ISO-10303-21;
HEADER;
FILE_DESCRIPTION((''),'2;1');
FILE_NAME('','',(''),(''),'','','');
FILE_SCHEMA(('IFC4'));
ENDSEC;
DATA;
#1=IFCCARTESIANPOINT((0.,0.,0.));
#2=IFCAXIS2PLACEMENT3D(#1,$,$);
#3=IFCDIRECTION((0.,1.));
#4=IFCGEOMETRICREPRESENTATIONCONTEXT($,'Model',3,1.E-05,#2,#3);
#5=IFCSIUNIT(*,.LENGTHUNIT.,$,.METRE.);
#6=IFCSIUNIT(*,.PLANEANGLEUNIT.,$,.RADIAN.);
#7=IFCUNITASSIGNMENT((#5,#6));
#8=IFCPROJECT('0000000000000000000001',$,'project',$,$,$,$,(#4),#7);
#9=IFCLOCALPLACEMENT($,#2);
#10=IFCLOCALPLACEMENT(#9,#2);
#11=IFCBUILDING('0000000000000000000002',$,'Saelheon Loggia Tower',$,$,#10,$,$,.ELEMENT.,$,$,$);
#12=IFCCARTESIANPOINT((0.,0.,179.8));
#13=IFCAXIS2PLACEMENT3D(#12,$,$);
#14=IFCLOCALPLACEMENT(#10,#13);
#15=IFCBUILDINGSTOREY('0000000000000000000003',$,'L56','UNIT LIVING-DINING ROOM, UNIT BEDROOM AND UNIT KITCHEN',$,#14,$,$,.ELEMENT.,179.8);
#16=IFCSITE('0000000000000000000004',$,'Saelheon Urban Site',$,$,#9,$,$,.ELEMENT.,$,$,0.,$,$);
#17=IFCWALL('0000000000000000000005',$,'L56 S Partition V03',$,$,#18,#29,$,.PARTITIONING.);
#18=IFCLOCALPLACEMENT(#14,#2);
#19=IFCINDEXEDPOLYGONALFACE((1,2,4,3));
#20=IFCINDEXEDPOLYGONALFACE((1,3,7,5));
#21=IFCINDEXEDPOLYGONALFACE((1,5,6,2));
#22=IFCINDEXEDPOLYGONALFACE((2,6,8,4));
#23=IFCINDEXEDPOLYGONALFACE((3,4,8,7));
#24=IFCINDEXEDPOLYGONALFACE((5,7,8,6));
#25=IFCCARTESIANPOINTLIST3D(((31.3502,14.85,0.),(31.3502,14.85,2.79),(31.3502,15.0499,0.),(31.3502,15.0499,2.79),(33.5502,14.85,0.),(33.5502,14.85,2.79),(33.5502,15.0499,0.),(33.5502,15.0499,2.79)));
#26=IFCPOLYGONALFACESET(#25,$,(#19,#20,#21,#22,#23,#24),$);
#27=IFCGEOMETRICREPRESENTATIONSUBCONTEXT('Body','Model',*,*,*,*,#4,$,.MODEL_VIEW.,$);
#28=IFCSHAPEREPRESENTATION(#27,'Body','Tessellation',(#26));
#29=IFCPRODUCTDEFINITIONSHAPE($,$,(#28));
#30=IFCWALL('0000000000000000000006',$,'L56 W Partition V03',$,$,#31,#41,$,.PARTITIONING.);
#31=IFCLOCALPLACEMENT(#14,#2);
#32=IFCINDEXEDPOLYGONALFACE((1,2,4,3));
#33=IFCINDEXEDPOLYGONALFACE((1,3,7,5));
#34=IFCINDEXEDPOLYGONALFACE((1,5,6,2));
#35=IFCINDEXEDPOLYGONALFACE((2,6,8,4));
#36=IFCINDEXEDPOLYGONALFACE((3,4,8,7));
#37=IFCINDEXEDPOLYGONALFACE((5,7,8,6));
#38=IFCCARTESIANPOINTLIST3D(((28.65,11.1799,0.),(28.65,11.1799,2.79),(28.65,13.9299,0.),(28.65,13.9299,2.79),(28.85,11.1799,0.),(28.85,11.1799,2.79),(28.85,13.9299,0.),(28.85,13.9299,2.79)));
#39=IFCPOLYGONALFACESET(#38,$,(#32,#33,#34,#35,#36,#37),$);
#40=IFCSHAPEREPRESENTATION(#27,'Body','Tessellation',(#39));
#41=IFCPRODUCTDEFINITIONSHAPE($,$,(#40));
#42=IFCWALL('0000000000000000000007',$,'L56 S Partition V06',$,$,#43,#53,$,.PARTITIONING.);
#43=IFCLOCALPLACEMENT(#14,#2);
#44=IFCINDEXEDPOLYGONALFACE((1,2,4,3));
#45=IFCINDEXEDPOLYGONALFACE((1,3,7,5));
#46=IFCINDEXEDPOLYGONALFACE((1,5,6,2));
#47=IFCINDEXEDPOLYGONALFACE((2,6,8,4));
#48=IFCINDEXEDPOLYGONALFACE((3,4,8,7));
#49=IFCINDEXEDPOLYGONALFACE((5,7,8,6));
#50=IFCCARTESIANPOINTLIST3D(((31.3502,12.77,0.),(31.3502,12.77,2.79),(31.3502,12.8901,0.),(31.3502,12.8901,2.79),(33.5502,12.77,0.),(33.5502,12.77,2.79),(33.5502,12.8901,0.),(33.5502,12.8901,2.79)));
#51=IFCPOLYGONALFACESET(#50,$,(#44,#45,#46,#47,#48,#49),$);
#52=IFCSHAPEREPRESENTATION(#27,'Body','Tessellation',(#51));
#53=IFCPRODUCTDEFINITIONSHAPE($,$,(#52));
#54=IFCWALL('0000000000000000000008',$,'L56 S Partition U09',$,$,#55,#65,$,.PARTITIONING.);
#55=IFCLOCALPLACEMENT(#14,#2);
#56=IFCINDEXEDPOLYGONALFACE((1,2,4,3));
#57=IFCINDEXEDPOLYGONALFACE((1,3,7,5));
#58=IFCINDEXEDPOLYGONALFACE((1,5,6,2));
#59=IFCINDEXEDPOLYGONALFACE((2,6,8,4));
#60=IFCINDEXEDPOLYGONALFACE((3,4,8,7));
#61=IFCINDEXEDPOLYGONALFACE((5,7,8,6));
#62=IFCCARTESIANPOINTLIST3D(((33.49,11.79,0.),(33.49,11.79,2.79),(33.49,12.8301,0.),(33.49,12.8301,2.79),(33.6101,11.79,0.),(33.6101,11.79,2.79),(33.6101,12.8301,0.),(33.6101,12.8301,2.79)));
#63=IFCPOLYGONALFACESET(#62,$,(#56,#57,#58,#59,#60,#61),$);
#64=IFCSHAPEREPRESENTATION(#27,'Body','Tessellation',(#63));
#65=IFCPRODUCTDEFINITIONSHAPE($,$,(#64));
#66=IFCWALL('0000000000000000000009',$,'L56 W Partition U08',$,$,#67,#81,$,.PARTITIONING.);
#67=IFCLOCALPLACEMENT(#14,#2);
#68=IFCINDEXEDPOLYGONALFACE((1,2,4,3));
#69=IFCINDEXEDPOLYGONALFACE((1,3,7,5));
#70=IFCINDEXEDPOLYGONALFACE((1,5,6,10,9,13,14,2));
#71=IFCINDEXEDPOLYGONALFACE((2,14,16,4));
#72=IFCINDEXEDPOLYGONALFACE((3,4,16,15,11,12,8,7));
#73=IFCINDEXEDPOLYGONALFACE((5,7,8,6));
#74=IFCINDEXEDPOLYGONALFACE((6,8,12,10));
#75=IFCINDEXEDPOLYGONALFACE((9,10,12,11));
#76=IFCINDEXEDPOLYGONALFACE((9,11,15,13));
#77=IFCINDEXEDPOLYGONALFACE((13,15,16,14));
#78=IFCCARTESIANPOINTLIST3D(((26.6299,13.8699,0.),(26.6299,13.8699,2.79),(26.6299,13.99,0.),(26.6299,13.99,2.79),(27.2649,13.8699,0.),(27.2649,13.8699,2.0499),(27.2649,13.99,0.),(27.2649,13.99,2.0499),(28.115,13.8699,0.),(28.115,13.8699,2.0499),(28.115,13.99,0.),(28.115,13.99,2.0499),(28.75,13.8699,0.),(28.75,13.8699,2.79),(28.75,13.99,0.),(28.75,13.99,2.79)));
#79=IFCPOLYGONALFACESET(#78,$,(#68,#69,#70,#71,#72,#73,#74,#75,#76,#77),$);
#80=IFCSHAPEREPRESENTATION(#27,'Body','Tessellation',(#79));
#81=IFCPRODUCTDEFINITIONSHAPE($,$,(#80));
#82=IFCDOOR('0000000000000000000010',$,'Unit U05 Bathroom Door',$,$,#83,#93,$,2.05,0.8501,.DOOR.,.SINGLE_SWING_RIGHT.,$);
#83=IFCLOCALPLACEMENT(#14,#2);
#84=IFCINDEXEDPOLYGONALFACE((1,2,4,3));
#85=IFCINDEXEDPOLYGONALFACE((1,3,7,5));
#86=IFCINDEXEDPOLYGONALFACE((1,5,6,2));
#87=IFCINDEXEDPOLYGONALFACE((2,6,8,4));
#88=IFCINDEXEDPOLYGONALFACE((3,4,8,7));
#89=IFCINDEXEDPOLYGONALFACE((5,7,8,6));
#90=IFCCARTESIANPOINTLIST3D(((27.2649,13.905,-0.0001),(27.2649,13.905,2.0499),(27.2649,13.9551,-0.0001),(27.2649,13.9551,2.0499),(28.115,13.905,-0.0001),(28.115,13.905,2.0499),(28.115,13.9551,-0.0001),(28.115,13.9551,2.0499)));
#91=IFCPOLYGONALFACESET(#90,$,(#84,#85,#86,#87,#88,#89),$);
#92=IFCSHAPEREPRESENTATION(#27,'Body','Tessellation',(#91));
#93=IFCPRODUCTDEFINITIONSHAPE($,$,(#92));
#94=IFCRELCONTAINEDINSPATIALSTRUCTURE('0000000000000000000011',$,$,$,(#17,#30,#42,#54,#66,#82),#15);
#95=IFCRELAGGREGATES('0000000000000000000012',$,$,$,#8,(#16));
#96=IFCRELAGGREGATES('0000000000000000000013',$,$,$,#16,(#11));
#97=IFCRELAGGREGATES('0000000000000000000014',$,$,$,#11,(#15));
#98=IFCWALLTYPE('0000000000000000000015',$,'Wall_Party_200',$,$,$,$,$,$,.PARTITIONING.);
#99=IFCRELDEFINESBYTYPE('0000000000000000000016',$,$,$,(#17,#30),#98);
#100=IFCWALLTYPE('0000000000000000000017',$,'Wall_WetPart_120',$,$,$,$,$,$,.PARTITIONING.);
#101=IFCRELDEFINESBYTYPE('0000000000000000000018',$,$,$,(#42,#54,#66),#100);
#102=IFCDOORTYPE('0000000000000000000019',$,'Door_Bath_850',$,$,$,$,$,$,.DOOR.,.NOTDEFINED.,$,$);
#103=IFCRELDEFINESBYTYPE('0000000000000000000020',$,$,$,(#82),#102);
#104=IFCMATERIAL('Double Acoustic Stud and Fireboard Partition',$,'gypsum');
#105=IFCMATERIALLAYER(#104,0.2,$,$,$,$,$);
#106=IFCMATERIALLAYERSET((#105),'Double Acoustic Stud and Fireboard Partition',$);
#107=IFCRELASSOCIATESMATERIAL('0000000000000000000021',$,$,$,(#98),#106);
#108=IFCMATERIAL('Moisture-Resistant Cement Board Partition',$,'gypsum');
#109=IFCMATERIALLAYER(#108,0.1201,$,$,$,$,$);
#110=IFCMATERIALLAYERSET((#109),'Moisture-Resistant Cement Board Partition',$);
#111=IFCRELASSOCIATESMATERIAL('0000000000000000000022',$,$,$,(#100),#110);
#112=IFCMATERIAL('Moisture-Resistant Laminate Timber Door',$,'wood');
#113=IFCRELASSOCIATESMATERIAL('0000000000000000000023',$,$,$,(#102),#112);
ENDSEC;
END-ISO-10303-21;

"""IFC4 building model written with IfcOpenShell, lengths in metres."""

from ifc_helpers import new_model, si_unit, direction, frame, frame_2d, origin, place, context, subcontext, project, spatial, rectangle, extrude, source, transform, mapped, material, layer, layer_set, type_object, element, fill, save


model = new_model("IFC4")

# Units and contexts
model_context = context("Model", 3, precision=1e-05, world=origin(), true_north=direction((0.0, 1.0)))
body_context = subcontext(model_context, "Body", "Model", "MODEL_VIEW")
ifc_project = project(units=[si_unit("LENGTHUNIT", "METRE"), si_unit("PLANEANGLEUNIT", "RADIAN")], contexts=[model_context])

# Site, building, storey
site_placement = place(None, origin())
site = spatial("IfcSite", under=ifc_project, at=site_placement, Name="Saelheon Urban Site", CompositionType="ELEMENT", RefElevation=0.0)
building_placement = place(site_placement, origin())
building = spatial("IfcBuilding", under=site, at=building_placement, Name="Saelheon Loggia Tower", CompositionType="ELEMENT")
storey_placement = place(building_placement, frame((0.0, 0.0, 179.8)))
storey = spatial("IfcBuildingStorey", under=building, at=storey_placement, Name="L56", Description="UNIT LIVING-DINING ROOM, UNIT BEDROOM AND UNIT KITCHEN", CompositionType="ELEMENT", Elevation=179.8)

# Walls
ifc_material_1 = material(Name="Double Acoustic Stud and Fireboard Partition", Category="gypsum")
ifc_layer_1 = layer(ifc_material_1, 0.2)
ifc_layer_set_1 = layer_set([ifc_layer_1], Name="Double Acoustic Stud and Fireboard Partition")
wall_type_1 = type_object("IfcWallType", Name="Wall_Party_200", PredefinedType="PARTITIONING", material=ifc_layer_set_1)
wall_1_placement = place(storey_placement, frame((31.3501, 14.95, 0.0), z_axis=(0.0, 0.0, 1.0), x_axis=(1.0, 0.0, 0.0)))
element("IfcWall", 1, at=wall_1_placement, inside=storey, type_object=wall_type_1, Name="L56 S Partition V03", PredefinedType="PARTITIONING", context=body_context, shape_type="SweptSolid", body=[
    extrude(rectangle(XDim=2.2, YDim=0.2, at=frame_2d((1.1001, 0.0))), origin(), (0.0, 0.0, 1.0), 2.79),
])
wall_2_placement = place(storey_placement, frame((28.75, 11.1799, 0.0), z_axis=(0.0, 0.0, 1.0), x_axis=(0.0, 1.0, 0.0)))
element("IfcWall", 2, at=wall_2_placement, inside=storey, type_object=wall_type_1, Name="L56 W Partition V03", PredefinedType="PARTITIONING", context=body_context, shape_type="SweptSolid", body=[
    extrude(rectangle(XDim=2.75, YDim=0.2, at=frame_2d((1.375, 0.0))), origin(), (0.0, 0.0, 1.0), 2.79),
])

# Walls
ifc_material_2 = material(Name="Moisture-Resistant Cement Board Partition", Category="gypsum")
ifc_layer_2 = layer(ifc_material_2, 0.1201)
ifc_layer_set_2 = layer_set([ifc_layer_2], Name="Moisture-Resistant Cement Board Partition")
wall_type_2 = type_object("IfcWallType", Name="Wall_WetPart_120", PredefinedType="PARTITIONING", material=ifc_layer_set_2)
wall_3_placement = place(storey_placement, frame((31.3501, 12.8301, 0.0), z_axis=(0.0, 0.0, 1.0), x_axis=(1.0, 0.0, 0.0)))
element("IfcWall", 3, at=wall_3_placement, inside=storey, type_object=wall_type_2, Name="L56 S Partition V06", PredefinedType="PARTITIONING", context=body_context, shape_type="SweptSolid", body=[
    extrude(rectangle(XDim=2.2, YDim=0.1201, at=frame_2d((1.1001, 0.0))), origin(), (0.0, 0.0, 1.0), 2.79),
])
wall_4_placement = place(storey_placement, frame((33.55, 12.8301, 0.0), z_axis=(0.0, 0.0, 1.0), x_axis=(0.0, -1.0, 0.0)))
element("IfcWall", 4, at=wall_4_placement, inside=storey, type_object=wall_type_2, Name="L56 S Partition U09", PredefinedType="PARTITIONING", context=body_context, shape_type="SweptSolid", body=[
    extrude(rectangle(XDim=1.04, YDim=0.1201, at=frame_2d((0.52, 0.0))), origin(), (0.0, 0.0, 1.0), 2.79),
])

# Wall, opening, door
wall_5_placement = place(storey_placement, frame((28.75, 13.9299, 0.0), z_axis=(0.0, 0.0, 1.0), x_axis=(-1.0, 0.0, 0.0)))
wall_5 = element("IfcWall", 5, at=wall_5_placement, inside=storey, type_object=wall_type_2, Name="L56 W Partition U08", PredefinedType="PARTITIONING", context=body_context, shape_type="SweptSolid", body=[
    extrude(rectangle(XDim=2.1201, YDim=0.1201, at=frame_2d((1.0601, 0.0))), origin(), (0.0, 0.0, 1.0), 2.79),
])
opening_1_placement = place(wall_5_placement, frame((0.635, 0.0, 0.0)))
opening_1 = element("IfcOpeningElement", 6, at=opening_1_placement, cuts=wall_5, PredefinedType="OPENING", context=body_context, shape_type="SweptSolid", body=[
    extrude(rectangle(XDim=0.8501, YDim=2.05, at=frame_2d((0.425, 1.0249))), frame((0.0, 0.072, 0.0), z_axis=(0.0, -1.0, 0.0), x_axis=(1.0, 0.0, 0.0)), (0.0, 0.0, 1.0), 0.144),
])
ifc_material_3 = material(Name="Moisture-Resistant Laminate Timber Door", Category="wood")
door_type_1 = type_object("IfcDoorType", Name="Door_Bath_850", OperationType="NOTDEFINED", PredefinedType="DOOR", material=ifc_material_3)
shared_shape_1 = source(origin(), body_context, "Body", "SweptSolid", [
    extrude(rectangle(XDim=0.8501, YDim=2.05, at=frame_2d((0.425, 1.0249))), frame((0.0, 0.0249, 0.0), z_axis=(0.0, -1.0, 0.0), x_axis=(1.0, 0.0, 0.0)), (0.0, 0.0, 1.0), 0.05),
])
door_1_placement = place(opening_1_placement, origin())
door_1 = element("IfcDoor", 7, at=door_1_placement, inside=storey, type_object=door_type_1, Name="Unit U05 Bathroom Door", OperationType="SINGLE_SWING_RIGHT", OverallHeight=2.05, OverallWidth=0.8501, PredefinedType="DOOR", context=body_context, shape_type="MappedRepresentation", body=[
    mapped(shared_shape_1, transform((0.0, 0.0, 0.0), scale=1.0)),
])
fill(opening_1, door_1)

save(model, "model.ifc")
